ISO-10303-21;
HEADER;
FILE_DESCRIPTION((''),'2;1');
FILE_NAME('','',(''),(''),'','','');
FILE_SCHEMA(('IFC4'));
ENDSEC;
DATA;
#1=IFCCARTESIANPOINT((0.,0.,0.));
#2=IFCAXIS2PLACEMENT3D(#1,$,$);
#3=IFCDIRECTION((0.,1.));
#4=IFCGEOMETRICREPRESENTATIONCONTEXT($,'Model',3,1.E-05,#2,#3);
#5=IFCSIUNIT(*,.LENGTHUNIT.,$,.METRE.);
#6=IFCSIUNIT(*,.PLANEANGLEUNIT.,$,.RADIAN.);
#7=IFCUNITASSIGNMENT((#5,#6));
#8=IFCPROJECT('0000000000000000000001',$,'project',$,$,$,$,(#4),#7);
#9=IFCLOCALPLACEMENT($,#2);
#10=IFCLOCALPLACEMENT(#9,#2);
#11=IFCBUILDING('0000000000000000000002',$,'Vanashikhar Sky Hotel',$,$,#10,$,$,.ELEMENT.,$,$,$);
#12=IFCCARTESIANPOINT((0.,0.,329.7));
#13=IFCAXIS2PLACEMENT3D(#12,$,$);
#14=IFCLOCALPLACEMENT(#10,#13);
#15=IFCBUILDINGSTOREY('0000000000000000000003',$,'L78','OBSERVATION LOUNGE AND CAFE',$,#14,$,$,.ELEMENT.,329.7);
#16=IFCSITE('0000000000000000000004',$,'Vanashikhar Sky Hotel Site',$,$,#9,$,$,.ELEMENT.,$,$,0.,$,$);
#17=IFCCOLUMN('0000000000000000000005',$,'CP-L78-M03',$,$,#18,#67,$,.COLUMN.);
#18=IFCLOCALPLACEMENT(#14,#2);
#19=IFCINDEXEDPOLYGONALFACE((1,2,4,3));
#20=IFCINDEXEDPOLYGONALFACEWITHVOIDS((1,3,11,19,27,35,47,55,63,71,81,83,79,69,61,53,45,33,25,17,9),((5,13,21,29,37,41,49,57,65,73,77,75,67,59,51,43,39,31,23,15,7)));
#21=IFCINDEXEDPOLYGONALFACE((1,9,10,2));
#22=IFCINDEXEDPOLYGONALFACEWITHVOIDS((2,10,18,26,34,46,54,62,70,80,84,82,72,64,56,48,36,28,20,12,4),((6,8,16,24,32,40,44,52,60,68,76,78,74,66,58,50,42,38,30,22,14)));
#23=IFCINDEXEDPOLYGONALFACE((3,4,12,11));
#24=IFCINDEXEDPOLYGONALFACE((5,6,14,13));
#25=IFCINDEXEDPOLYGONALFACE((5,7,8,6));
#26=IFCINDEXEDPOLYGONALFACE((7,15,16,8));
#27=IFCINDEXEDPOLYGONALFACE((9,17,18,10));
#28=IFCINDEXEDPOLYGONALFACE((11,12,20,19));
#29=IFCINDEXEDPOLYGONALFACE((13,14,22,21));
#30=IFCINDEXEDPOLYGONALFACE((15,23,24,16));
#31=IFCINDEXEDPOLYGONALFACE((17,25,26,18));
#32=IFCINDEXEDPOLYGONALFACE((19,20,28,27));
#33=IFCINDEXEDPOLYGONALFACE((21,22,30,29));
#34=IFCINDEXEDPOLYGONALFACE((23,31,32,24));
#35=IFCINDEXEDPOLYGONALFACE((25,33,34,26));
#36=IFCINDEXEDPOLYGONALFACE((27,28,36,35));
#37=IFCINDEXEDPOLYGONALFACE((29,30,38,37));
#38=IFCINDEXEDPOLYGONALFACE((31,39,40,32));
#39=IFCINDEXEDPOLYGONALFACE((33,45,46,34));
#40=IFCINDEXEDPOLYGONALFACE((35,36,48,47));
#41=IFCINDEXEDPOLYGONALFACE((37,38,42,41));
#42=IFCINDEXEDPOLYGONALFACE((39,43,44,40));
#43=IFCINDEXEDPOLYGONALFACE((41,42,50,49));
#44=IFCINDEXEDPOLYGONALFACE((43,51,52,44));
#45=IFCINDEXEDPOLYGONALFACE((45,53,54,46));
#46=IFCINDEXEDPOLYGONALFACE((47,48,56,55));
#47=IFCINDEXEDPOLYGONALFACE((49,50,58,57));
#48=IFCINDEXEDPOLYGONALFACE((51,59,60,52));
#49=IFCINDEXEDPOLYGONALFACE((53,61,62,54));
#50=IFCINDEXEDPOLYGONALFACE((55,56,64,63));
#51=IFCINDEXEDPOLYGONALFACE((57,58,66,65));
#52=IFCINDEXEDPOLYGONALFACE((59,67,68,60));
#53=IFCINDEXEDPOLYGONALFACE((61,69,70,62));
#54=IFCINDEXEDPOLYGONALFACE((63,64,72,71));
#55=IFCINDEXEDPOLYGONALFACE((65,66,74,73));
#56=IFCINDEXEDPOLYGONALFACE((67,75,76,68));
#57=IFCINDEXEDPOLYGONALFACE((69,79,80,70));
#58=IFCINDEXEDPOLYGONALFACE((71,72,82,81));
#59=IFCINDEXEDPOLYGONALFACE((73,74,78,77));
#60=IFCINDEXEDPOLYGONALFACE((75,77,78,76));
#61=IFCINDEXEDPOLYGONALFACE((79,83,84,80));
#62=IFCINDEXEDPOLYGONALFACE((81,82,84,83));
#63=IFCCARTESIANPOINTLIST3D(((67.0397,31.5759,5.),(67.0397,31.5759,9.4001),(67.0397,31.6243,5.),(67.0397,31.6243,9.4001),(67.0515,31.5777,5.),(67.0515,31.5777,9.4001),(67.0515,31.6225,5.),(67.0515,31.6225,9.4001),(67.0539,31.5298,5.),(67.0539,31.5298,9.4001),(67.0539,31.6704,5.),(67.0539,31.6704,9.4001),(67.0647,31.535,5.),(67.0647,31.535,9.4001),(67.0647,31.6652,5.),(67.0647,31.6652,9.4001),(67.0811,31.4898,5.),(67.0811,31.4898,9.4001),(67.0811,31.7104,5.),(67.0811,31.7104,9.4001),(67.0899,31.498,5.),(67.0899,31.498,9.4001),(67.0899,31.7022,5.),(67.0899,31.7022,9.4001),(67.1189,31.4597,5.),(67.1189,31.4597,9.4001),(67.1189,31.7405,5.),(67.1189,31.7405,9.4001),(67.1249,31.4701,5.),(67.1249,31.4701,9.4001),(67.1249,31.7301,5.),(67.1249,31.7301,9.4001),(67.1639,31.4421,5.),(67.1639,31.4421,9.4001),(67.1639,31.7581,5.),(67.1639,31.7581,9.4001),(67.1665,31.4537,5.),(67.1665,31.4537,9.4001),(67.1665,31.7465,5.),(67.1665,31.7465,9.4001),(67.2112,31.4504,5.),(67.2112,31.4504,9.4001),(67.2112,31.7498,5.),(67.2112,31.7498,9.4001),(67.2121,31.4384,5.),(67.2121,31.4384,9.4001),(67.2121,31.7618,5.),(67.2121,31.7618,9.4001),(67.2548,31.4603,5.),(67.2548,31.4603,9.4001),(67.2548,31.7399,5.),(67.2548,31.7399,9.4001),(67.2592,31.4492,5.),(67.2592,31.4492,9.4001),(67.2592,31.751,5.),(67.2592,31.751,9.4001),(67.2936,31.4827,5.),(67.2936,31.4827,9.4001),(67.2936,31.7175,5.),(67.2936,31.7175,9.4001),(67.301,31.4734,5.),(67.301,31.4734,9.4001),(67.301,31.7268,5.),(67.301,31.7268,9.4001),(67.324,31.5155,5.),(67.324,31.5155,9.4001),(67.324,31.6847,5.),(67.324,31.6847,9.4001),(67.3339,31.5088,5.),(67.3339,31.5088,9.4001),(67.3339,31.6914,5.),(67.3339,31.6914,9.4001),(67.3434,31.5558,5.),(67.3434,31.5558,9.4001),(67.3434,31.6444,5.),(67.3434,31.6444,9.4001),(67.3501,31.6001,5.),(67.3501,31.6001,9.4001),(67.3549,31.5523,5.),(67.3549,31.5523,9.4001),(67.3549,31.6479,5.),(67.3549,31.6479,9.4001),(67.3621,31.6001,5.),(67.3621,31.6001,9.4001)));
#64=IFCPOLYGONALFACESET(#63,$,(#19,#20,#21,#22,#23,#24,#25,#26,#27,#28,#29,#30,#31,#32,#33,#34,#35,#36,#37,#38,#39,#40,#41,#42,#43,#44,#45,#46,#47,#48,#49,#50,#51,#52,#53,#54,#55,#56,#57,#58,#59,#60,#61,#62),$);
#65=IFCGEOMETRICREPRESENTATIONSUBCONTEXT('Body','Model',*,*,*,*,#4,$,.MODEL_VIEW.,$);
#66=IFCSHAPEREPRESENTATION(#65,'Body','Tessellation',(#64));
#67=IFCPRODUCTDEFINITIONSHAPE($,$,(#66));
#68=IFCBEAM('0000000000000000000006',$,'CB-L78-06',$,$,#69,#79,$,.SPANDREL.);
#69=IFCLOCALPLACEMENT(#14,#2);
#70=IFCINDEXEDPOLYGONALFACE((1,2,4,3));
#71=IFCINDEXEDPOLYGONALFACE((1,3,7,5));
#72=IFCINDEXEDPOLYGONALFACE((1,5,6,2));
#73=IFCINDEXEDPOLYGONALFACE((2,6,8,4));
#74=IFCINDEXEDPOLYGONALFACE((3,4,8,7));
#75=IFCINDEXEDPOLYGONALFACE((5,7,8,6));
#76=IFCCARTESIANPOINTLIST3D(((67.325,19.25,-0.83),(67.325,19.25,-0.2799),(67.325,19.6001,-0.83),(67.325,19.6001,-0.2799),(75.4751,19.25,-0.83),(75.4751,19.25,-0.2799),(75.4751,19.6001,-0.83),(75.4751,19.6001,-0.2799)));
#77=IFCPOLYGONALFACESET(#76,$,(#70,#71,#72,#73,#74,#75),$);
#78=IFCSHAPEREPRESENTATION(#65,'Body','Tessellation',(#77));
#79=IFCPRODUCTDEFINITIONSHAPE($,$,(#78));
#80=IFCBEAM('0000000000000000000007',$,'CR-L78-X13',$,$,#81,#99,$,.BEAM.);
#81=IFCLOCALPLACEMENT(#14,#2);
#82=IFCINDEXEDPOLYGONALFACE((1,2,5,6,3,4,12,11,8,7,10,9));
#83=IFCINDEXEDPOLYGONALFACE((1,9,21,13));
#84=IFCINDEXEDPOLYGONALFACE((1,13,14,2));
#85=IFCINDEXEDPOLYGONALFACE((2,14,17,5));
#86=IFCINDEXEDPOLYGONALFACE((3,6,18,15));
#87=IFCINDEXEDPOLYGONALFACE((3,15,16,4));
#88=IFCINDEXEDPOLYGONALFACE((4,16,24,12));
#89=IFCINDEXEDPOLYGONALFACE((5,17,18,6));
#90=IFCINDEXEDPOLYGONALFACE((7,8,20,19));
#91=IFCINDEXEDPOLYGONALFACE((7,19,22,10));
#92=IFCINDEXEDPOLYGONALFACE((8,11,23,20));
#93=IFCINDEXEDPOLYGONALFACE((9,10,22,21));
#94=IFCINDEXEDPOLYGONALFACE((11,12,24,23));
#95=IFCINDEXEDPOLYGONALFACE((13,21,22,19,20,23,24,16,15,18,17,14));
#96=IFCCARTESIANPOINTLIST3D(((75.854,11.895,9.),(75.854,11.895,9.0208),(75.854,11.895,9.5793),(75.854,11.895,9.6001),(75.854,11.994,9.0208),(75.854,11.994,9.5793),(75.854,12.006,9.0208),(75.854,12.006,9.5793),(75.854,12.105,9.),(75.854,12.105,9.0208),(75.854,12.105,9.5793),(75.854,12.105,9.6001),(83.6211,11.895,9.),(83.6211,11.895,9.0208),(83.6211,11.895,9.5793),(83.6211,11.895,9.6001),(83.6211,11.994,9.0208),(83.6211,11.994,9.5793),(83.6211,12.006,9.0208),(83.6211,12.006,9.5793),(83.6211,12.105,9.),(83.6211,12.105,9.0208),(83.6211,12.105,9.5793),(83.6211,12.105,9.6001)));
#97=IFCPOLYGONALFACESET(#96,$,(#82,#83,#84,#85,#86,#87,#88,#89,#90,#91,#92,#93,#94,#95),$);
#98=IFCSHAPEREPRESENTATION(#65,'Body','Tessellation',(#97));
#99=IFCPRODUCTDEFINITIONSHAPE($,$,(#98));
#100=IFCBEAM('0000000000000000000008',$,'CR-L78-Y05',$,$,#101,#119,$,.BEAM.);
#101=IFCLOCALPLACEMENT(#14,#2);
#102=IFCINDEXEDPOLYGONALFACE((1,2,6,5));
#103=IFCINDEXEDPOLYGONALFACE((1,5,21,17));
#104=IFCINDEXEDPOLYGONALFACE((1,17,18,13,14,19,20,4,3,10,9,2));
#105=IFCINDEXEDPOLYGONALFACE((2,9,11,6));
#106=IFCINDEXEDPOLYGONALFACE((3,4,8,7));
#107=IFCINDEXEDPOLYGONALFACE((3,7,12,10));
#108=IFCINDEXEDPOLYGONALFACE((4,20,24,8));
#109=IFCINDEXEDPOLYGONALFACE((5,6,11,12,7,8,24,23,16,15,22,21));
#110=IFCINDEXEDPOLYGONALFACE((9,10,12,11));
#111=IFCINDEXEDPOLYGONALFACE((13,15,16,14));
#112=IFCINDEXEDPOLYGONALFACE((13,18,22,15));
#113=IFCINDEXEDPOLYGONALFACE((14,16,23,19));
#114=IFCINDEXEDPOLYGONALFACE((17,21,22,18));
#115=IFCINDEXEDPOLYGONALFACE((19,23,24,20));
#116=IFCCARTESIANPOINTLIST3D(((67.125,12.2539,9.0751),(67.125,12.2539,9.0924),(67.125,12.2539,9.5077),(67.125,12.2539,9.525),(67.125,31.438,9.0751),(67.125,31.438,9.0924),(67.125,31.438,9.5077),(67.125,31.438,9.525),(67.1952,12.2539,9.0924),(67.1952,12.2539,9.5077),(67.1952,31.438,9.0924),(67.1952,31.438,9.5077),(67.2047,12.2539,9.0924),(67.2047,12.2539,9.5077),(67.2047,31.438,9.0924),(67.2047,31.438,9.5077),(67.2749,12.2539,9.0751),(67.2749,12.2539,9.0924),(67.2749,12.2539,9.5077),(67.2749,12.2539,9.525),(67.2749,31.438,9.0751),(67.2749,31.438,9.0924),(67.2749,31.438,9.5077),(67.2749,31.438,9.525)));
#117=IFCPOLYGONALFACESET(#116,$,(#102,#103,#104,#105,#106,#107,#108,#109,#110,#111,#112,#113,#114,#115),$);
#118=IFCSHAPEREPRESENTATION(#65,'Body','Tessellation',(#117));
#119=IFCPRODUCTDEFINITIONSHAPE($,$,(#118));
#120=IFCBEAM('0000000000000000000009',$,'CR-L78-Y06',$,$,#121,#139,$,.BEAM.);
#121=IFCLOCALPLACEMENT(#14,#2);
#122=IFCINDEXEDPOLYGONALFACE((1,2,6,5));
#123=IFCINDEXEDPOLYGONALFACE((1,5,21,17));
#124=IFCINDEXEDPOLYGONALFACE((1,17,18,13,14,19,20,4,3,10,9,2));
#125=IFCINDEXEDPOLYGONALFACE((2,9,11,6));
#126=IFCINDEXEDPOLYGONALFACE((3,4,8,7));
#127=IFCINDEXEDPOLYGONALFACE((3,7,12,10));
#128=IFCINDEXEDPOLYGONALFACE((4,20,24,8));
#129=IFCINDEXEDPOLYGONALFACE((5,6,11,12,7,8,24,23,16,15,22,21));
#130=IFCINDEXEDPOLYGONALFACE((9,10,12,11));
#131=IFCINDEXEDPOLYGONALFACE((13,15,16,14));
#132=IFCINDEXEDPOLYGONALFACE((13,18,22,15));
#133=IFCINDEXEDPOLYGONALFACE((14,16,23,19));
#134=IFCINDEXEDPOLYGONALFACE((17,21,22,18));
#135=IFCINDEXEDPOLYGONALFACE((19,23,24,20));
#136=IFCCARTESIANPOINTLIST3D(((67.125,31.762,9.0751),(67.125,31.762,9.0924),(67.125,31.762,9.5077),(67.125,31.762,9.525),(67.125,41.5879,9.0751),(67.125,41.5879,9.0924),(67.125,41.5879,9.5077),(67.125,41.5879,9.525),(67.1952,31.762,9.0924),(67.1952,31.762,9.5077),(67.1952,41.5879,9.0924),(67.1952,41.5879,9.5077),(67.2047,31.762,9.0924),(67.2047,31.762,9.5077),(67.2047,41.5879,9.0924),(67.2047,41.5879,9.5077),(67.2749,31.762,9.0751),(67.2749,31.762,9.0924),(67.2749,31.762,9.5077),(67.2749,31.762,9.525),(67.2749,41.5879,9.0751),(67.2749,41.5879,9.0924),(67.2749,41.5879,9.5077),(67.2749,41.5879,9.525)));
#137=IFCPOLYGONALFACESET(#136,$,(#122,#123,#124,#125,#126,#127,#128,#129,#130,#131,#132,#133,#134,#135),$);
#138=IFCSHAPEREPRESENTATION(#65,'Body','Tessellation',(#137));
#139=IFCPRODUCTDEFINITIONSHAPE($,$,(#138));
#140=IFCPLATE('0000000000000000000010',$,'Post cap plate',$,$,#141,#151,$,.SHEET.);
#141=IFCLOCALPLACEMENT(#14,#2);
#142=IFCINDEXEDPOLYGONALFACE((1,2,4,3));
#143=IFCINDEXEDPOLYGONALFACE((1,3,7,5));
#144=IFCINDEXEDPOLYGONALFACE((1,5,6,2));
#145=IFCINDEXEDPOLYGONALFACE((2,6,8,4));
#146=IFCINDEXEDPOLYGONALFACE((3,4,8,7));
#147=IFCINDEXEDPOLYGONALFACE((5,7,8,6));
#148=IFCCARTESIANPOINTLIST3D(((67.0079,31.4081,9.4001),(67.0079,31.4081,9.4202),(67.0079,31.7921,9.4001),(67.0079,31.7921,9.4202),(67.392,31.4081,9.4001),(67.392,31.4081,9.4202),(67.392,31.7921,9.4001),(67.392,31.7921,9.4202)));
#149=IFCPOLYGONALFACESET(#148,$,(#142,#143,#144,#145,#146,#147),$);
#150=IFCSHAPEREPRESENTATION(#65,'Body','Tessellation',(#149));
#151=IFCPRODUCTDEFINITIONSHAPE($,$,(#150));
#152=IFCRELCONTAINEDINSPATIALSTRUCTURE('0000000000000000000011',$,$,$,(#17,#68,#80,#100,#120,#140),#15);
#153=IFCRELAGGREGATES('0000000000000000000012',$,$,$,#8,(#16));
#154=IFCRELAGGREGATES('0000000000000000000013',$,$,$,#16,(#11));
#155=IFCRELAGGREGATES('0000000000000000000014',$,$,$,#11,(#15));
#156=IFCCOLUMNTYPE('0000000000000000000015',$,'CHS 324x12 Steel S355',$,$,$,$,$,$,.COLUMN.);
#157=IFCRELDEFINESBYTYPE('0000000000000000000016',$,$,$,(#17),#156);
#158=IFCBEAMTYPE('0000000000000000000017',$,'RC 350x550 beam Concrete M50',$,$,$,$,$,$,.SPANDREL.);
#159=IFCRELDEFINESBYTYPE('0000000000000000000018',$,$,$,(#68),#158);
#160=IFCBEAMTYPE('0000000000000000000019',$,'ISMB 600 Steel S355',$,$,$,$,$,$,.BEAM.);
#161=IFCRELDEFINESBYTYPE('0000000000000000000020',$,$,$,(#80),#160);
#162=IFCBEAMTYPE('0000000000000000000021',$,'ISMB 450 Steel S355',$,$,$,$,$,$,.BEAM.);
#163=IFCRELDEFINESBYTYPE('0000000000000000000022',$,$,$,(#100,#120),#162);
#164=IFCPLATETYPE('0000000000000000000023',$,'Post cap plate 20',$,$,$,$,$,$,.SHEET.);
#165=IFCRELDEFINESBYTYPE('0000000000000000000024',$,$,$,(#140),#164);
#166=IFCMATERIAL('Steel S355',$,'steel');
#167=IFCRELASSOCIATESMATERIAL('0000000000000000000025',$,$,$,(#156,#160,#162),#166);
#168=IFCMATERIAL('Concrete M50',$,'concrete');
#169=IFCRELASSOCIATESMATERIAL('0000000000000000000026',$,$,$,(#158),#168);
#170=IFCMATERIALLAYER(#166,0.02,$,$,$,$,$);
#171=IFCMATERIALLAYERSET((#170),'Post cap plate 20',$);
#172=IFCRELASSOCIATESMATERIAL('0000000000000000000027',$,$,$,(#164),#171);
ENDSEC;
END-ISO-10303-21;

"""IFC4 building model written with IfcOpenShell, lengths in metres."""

from ifc_helpers import new_model, si_unit, direction, frame, origin, origin_2d, place, context, subcontext, project, spatial, rectangle, hollow_circle, i_section, extrude, source, transform, mapped, material, layer, layer_set, material_profile, profile_set, type_object, element, save


model = new_model("IFC4")

# Units and contexts
model_context = context("Model", 3, precision=1e-05, world=origin(), true_north=direction((0.0, 1.0)))
body_context = subcontext(model_context, "Body", "Model", "MODEL_VIEW")
ifc_project = project(units=[si_unit("LENGTHUNIT", "METRE"), si_unit("PLANEANGLEUNIT", "RADIAN")], contexts=[model_context])

# Site, building, storey
site_placement = place(None, origin())
site = spatial("IfcSite", under=ifc_project, at=site_placement, Name="Vanashikhar Sky Hotel Site", CompositionType="ELEMENT", RefElevation=0.0)
building_placement = place(site_placement, origin())
building = spatial("IfcBuilding", under=site, at=building_placement, Name="Vanashikhar Sky Hotel", CompositionType="ELEMENT")
storey_placement = place(building_placement, frame((0.0, 0.0, 329.7)))
storey = spatial("IfcBuildingStorey", under=building, at=storey_placement, Name="L78", Description="OBSERVATION LOUNGE AND CAFE", CompositionType="ELEMENT", Elevation=329.7)

# Column
ifc_material_1 = material(Name="Steel S355", Category="steel")
ifc_material_profile_1 = material_profile(ifc_material_1, hollow_circle(Radius=0.1621, WallThickness=0.012, at=origin_2d()))
ifc_profile_set_1 = profile_set([ifc_material_profile_1], Name="CHS 324x12 Steel S355")
column_type = type_object("IfcColumnType", Name="CHS 324x12 Steel S355", PredefinedType="COLUMN", material=ifc_profile_set_1)
shared_shape_1 = source(origin(), body_context, "Body", "SweptSolid", [
    extrude(hollow_circle(Radius=0.1621, WallThickness=0.012, at=origin_2d()), origin(), (0.0, 0.0, 1.0), 4.4001),
])
column_placement = place(storey_placement, frame((67.2, 31.6001, 5.0), z_axis=(0.0, 0.0, 1.0), x_axis=(1.0, 0.0, 0.0)))
element("IfcColumn", 1, at=column_placement, inside=storey, type_object=column_type, Name="CP-L78-M03", PredefinedType="COLUMN", context=body_context, shape_type="MappedRepresentation", body=[
    mapped(shared_shape_1, transform((0.0, 0.0, 0.0), scale=1.0)),
])

# Beams
ifc_material_2 = material(Name="Concrete M50", Category="concrete")
ifc_material_profile_2 = material_profile(ifc_material_2, rectangle(XDim=0.3501, YDim=0.55, at=origin_2d()))
ifc_profile_set_2 = profile_set([ifc_material_profile_2], Name="RC 350x550 beam Concrete M50")
beam_type_1 = type_object("IfcBeamType", Name="RC 350x550 beam Concrete M50", PredefinedType="SPANDREL", material=ifc_profile_set_2)
shared_shape_2 = source(origin(), body_context, "Body", "SweptSolid", [
    extrude(rectangle(XDim=0.3501, YDim=0.55, at=origin_2d()), origin(), (0.0, 0.0, 1.0), 8.1501),
])
beam_1_placement = place(storey_placement, frame((67.325, 19.425, -0.5549), z_axis=(1.0, 0.0, 0.0), x_axis=(0.0, 1.0, 0.0)))
element("IfcBeam", 2, at=beam_1_placement, inside=storey, type_object=beam_type_1, Name="CB-L78-06", PredefinedType="SPANDREL", context=body_context, shape_type="MappedRepresentation", body=[
    mapped(shared_shape_2, transform((0.0, 0.0, 0.0), scale=1.0)),
])
ifc_material_profile_3 = material_profile(ifc_material_1, i_section(OverallWidth=0.21, OverallDepth=0.6001, WebThickness=0.012, FlangeThickness=0.0208, at=origin_2d()), Name="ISMB 600")
ifc_profile_set_3 = profile_set([ifc_material_profile_3], Name="Steel S355")
beam_type_2 = type_object("IfcBeamType", Name="ISMB 600 Steel S355", PredefinedType="BEAM", material=ifc_profile_set_3)
shared_shape_3 = source(origin(), body_context, "Body", "SweptSolid", [
    extrude(i_section(OverallWidth=0.21, OverallDepth=0.6001, WebThickness=0.012, FlangeThickness=0.0208, at=origin_2d()), origin(), (0.0, 0.0, 1.0), 7.7671),
])
beam_2_placement = place(storey_placement, frame((75.854, 12.0, 9.3), z_axis=(1.0, 0.0, 0.0), x_axis=(0.0, 1.0, 0.0)))
element("IfcBeam", 3, at=beam_2_placement, inside=storey, type_object=beam_type_2, Name="CR-L78-X13", PredefinedType="BEAM", context=body_context, shape_type="MappedRepresentation", body=[
    mapped(shared_shape_3, transform((0.0, 0.0, 0.0), scale=1.0)),
])
ifc_material_profile_4 = material_profile(ifc_material_1, i_section(OverallWidth=0.1499, OverallDepth=0.45, WebThickness=0.0095, FlangeThickness=0.0173, at=origin_2d()), Name="ISMB 450")
ifc_profile_set_4 = profile_set([ifc_material_profile_4], Name="Steel S355")
beam_type_3 = type_object("IfcBeamType", Name="ISMB 450 Steel S355", PredefinedType="BEAM", material=ifc_profile_set_4)
shared_shape_4 = source(origin(), body_context, "Body", "SweptSolid", [
    extrude(i_section(OverallWidth=0.1499, OverallDepth=0.45, WebThickness=0.0095, FlangeThickness=0.0173, at=origin_2d()), origin(), (0.0, 0.0, 1.0), 19.1841),
])
beam_3_placement = place(storey_placement, frame((67.2, 12.2539, 9.3), z_axis=(0.0, 1.0, 0.0), x_axis=(-1.0, 0.0, 0.0)))
element("IfcBeam", 4, at=beam_3_placement, inside=storey, type_object=beam_type_3, Name="CR-L78-Y05", PredefinedType="BEAM", context=body_context, shape_type="MappedRepresentation", body=[
    mapped(shared_shape_4, transform((0.0, 0.0, 0.0), scale=1.0)),
])
shared_shape_5 = source(origin(), body_context, "Body", "SweptSolid", [
    extrude(i_section(OverallWidth=0.1499, OverallDepth=0.45, WebThickness=0.0095, FlangeThickness=0.0173, at=origin_2d()), origin(), (0.0, 0.0, 1.0), 9.8259),
])
beam_4_placement = place(storey_placement, frame((67.2, 31.762, 9.3), z_axis=(0.0, 1.0, 0.0), x_axis=(-1.0, 0.0, 0.0)))
element("IfcBeam", 5, at=beam_4_placement, inside=storey, type_object=beam_type_3, Name="CR-L78-Y06", PredefinedType="BEAM", context=body_context, shape_type="MappedRepresentation", body=[
    mapped(shared_shape_5, transform((0.0, 0.0, 0.0), scale=1.0)),
])

# Plate
ifc_layer_1 = layer(ifc_material_1, 0.02)
ifc_layer_set_1 = layer_set([ifc_layer_1], Name="Post cap plate 20")
plate_type = type_object("IfcPlateType", Name="Post cap plate 20", PredefinedType="SHEET", material=ifc_layer_set_1)
shared_shape_6 = source(origin(), body_context, "Body", "SweptSolid", [
    extrude(rectangle(XDim=0.384, YDim=0.384, at=origin_2d()), origin(), (0.0, 0.0, 1.0), 0.02),
])
plate_placement = place(storey_placement, frame((67.2, 31.6001, 9.4001), z_axis=(0.0, 0.0, 1.0), x_axis=(1.0, 0.0, 0.0)))
element("IfcPlate", 6, at=plate_placement, inside=storey, type_object=plate_type, Name="Post cap plate", PredefinedType="SHEET", context=body_context, shape_type="MappedRepresentation", body=[
    mapped(shared_shape_6, transform((0.0, 0.0, 0.0), scale=1.0)),
])

save(model, "model.ifc")
